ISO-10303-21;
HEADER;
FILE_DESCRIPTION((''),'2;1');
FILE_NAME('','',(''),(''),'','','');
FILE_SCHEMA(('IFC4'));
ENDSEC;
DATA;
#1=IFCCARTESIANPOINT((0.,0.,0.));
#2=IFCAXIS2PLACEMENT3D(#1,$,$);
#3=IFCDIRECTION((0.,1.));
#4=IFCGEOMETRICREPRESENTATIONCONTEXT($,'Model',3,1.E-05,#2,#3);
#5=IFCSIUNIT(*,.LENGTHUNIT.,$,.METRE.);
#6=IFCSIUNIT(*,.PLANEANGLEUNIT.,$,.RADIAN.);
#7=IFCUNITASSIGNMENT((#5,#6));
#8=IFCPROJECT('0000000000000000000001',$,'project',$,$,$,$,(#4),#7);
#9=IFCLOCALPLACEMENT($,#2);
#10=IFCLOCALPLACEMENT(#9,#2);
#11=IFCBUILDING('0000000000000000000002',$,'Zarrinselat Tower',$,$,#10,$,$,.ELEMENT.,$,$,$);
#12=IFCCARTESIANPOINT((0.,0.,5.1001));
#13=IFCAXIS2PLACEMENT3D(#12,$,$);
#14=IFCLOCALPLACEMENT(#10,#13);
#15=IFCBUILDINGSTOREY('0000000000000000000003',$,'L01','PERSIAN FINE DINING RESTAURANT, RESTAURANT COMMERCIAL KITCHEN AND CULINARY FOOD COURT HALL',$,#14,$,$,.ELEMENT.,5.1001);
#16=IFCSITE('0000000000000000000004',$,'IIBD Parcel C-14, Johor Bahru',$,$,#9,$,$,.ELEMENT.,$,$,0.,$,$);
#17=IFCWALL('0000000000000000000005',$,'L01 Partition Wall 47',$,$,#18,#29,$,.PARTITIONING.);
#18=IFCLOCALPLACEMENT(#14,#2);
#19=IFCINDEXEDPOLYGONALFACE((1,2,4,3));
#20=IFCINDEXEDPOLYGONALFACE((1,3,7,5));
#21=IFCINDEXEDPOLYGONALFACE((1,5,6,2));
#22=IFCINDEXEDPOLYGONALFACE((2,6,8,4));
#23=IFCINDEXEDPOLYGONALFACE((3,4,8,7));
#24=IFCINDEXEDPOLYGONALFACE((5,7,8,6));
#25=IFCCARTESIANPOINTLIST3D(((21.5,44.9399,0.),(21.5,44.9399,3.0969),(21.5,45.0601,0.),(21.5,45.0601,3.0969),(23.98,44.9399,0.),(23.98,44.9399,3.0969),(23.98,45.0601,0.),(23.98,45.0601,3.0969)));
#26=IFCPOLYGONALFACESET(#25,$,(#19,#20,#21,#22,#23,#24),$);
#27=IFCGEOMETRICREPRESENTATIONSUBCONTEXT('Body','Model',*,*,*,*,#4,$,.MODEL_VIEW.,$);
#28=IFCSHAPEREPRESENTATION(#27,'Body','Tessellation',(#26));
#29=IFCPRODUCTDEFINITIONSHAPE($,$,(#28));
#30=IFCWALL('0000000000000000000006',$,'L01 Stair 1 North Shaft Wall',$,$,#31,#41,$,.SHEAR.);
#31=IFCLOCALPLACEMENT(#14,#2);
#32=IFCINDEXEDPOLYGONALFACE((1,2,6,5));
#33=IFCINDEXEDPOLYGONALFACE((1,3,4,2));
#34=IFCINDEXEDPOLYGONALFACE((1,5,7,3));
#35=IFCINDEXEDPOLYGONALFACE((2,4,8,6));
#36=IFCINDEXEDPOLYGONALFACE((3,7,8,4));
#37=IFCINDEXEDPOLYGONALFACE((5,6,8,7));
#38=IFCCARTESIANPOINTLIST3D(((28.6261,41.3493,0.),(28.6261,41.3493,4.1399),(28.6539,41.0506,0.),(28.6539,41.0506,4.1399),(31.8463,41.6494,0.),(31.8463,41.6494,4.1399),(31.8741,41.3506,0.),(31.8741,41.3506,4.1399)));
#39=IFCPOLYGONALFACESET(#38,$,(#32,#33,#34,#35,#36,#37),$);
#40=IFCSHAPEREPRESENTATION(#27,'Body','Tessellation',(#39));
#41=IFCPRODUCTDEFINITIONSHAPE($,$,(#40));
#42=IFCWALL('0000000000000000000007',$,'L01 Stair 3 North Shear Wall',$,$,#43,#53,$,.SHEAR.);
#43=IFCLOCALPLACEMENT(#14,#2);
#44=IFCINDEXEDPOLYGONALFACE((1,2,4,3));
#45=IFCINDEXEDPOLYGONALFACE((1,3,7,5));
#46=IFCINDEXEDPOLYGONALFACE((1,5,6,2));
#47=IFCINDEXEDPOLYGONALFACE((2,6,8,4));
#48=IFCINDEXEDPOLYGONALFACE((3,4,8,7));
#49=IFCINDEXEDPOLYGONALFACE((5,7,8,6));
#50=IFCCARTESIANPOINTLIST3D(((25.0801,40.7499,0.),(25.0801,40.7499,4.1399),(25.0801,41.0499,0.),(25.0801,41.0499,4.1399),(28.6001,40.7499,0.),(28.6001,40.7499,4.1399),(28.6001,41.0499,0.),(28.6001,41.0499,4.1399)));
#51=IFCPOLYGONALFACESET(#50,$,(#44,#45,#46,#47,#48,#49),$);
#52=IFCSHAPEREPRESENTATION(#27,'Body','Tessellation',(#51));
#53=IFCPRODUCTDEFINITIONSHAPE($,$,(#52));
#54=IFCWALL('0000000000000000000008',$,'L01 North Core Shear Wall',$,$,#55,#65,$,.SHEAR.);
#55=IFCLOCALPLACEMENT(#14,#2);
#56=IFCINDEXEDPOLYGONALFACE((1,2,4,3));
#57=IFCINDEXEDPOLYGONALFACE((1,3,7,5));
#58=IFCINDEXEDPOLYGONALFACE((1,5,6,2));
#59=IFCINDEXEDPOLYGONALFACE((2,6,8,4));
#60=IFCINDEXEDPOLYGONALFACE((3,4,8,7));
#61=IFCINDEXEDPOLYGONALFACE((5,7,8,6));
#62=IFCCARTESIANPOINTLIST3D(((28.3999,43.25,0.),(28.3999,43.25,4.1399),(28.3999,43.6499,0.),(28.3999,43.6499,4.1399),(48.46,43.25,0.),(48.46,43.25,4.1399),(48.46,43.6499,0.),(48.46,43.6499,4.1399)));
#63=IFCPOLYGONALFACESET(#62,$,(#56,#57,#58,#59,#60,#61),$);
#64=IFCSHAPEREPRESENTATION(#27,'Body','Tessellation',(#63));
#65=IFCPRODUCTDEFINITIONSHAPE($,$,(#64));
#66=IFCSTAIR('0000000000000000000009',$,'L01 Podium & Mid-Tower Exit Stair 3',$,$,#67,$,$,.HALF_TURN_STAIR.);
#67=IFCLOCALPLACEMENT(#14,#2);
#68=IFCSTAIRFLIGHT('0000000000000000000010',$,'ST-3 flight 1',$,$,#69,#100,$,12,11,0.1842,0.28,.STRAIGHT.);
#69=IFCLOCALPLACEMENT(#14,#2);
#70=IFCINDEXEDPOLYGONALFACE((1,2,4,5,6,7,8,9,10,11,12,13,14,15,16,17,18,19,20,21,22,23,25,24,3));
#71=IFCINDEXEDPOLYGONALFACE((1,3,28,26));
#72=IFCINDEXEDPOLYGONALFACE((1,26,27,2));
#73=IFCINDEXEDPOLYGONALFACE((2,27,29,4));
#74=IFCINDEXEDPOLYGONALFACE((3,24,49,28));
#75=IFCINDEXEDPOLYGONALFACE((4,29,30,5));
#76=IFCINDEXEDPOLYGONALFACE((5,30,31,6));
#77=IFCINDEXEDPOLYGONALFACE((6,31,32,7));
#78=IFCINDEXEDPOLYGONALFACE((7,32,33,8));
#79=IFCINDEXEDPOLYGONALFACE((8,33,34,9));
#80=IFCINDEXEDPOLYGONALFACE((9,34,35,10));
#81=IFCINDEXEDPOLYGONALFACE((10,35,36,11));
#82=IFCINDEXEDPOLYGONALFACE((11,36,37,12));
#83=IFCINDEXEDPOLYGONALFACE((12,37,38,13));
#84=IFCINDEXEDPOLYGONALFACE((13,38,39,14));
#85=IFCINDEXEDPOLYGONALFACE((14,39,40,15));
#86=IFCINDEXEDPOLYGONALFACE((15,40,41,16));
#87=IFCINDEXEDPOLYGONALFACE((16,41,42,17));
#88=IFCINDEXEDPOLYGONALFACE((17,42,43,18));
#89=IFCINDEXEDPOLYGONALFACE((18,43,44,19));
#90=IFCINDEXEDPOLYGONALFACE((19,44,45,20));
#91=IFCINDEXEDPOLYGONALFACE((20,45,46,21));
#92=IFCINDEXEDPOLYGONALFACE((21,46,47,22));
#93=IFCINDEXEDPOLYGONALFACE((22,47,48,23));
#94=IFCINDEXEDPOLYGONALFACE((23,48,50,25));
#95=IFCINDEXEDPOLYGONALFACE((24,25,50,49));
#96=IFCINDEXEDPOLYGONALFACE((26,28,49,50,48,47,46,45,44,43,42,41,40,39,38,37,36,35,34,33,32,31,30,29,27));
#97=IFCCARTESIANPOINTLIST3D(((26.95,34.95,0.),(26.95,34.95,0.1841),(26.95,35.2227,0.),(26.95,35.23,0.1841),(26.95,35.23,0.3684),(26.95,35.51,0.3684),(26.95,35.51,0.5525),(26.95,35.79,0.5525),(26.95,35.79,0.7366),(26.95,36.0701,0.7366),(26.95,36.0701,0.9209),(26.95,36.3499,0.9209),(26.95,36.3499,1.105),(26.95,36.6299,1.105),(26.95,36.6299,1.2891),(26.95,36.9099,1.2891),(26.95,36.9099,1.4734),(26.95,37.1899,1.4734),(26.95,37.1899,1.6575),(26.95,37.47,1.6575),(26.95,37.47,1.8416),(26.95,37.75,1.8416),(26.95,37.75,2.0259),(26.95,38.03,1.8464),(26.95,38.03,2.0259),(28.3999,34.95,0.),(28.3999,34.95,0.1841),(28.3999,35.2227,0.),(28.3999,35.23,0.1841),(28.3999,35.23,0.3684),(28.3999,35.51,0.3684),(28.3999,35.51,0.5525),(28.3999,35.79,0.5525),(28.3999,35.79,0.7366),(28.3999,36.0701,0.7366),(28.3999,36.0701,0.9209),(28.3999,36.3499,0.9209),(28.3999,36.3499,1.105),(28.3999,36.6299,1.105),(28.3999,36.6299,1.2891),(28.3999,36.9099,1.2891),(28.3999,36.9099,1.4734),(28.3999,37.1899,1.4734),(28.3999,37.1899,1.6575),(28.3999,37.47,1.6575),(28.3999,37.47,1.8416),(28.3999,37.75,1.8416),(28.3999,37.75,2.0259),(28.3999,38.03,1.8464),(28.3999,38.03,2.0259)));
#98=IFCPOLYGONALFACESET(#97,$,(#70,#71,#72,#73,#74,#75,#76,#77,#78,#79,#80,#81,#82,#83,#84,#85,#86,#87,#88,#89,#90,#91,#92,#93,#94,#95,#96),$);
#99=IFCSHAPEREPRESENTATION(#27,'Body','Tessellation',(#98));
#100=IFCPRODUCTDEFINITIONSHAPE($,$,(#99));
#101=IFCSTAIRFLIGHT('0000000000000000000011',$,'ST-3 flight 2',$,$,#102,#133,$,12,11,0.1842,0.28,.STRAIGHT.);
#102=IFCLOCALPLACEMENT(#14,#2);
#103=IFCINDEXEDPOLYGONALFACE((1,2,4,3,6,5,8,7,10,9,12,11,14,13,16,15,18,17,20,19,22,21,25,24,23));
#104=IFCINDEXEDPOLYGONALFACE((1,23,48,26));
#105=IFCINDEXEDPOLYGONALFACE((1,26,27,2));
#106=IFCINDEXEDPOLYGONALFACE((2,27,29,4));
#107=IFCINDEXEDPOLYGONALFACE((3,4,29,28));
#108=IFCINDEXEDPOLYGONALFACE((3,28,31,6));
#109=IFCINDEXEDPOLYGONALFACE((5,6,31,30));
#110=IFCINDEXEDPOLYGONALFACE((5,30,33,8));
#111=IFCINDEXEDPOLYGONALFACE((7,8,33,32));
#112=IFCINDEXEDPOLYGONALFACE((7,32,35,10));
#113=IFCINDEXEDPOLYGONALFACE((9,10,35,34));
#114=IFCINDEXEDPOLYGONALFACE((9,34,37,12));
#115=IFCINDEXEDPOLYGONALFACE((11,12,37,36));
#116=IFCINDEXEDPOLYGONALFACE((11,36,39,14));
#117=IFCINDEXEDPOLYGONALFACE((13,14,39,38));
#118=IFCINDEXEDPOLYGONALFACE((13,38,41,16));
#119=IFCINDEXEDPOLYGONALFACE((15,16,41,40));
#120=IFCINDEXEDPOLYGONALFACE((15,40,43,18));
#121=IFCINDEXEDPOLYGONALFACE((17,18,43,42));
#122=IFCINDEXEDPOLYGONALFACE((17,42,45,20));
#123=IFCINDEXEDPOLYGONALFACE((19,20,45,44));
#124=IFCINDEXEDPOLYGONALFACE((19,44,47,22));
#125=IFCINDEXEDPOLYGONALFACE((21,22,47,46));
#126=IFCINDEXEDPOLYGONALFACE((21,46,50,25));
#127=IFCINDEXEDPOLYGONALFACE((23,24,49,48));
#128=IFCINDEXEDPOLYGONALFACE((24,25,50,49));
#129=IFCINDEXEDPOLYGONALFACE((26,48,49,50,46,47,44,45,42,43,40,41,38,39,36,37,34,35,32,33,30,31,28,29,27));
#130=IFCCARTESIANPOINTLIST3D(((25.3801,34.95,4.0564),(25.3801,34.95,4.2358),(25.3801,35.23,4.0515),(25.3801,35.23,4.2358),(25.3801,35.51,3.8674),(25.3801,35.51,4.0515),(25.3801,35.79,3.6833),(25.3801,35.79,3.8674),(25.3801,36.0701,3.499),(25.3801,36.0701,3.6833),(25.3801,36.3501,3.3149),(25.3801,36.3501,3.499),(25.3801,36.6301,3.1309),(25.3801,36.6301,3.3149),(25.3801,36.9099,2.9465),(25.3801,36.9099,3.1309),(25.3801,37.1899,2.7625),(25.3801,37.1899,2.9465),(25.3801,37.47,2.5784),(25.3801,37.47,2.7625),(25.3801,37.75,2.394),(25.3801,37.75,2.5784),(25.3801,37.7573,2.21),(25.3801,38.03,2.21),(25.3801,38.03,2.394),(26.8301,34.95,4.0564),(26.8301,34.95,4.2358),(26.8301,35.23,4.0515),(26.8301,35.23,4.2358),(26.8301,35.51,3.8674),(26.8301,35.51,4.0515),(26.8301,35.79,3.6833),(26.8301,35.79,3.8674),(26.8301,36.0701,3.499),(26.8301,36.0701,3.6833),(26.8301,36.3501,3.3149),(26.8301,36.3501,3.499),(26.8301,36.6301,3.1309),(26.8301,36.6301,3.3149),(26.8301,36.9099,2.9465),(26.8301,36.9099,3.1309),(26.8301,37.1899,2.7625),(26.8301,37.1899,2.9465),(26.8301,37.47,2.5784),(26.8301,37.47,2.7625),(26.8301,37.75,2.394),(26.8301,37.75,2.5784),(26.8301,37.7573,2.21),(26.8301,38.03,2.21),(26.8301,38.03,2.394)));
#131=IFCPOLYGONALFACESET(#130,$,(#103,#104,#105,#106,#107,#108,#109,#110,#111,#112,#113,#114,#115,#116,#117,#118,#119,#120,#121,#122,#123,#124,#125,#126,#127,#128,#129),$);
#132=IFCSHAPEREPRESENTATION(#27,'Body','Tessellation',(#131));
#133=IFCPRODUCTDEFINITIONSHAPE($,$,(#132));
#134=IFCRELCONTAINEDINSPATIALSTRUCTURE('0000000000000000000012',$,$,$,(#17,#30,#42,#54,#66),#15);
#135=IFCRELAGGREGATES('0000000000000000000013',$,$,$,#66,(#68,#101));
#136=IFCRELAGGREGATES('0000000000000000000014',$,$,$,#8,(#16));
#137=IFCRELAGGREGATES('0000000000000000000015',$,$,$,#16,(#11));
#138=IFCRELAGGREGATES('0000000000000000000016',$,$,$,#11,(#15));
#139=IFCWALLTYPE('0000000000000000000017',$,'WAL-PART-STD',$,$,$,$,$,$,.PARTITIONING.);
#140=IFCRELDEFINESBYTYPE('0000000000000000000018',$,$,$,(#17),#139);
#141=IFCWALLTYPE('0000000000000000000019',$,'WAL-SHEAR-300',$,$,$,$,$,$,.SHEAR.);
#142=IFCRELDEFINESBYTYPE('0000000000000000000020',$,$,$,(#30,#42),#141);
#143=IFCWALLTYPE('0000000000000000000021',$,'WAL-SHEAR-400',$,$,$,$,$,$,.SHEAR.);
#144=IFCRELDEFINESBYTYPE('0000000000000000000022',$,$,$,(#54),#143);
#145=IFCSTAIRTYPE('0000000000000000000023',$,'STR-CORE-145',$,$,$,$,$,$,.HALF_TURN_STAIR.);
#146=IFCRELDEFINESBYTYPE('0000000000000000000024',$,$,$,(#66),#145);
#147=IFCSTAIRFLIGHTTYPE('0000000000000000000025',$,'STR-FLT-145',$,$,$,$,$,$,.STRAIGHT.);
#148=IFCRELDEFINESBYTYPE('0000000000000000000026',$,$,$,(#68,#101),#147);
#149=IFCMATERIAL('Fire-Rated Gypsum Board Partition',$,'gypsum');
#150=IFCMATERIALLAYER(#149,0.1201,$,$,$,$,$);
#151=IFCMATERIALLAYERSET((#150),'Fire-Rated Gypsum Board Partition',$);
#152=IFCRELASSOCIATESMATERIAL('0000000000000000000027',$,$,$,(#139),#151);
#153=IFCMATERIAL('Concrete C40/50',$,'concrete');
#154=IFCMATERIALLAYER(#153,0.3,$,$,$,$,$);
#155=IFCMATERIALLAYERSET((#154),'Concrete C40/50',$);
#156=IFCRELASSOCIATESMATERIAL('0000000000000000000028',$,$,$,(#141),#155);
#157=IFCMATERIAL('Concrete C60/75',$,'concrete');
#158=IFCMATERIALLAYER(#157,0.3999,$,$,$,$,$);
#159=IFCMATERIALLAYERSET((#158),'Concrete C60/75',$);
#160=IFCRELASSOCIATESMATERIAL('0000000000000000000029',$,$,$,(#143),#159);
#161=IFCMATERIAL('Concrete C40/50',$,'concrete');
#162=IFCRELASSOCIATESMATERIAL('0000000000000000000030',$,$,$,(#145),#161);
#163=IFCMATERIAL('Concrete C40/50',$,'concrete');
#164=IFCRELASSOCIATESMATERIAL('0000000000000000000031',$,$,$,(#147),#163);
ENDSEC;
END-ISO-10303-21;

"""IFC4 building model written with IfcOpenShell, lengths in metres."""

from ifc_helpers import new_model, si_unit, direction, frame, frame_2d, origin, place, context, subcontext, project, spatial, polyline, rectangle, outline, extrude, material, layer, layer_set, type_object, element, aggregate, save


model = new_model("IFC4")

# Units and contexts
model_context = context("Model", 3, precision=1e-05, world=origin(), true_north=direction((0.0, 1.0)))
body_context = subcontext(model_context, "Body", "Model", "MODEL_VIEW")
ifc_project = project(units=[si_unit("LENGTHUNIT", "METRE"), si_unit("PLANEANGLEUNIT", "RADIAN")], contexts=[model_context])

# Site, building, storey
site_placement = place(None, origin())
site = spatial("IfcSite", under=ifc_project, at=site_placement, Name="IIBD Parcel C-14, Johor Bahru", CompositionType="ELEMENT", RefElevation=0.0)
building_placement = place(site_placement, origin())
building = spatial("IfcBuilding", under=site, at=building_placement, Name="Zarrinselat Tower", CompositionType="ELEMENT")
storey_placement = place(building_placement, frame((0.0, 0.0, 5.1001)))
storey = spatial("IfcBuildingStorey", under=building, at=storey_placement, Name="L01", Description="PERSIAN FINE DINING RESTAURANT, RESTAURANT COMMERCIAL KITCHEN AND CULINARY FOOD COURT HALL", CompositionType="ELEMENT", Elevation=5.1001)

# Walls
ifc_material_1 = material(Name="Fire-Rated Gypsum Board Partition", Category="gypsum")
ifc_layer_1 = layer(ifc_material_1, 0.1201)
ifc_layer_set_1 = layer_set([ifc_layer_1], Name="Fire-Rated Gypsum Board Partition")
wall_type_1 = type_object("IfcWallType", Name="WAL-PART-STD", PredefinedType="PARTITIONING", material=ifc_layer_set_1)
wall_1_placement = place(storey_placement, frame((21.5, 45.0, 0.0), z_axis=(0.0, 0.0, 1.0), x_axis=(1.0, 0.0, 0.0)))
element("IfcWall", 1, at=wall_1_placement, inside=storey, type_object=wall_type_1, Name="L01 Partition Wall 47", PredefinedType="PARTITIONING", context=body_context, shape_type="SweptSolid", body=[
    extrude(rectangle(XDim=2.48, YDim=0.1201, at=frame_2d((1.24, 0.0))), origin(), (0.0, 0.0, 1.0), 3.0969),
])
ifc_material_2 = material(Name="Concrete C40/50", Category="concrete")
ifc_layer_2 = layer(ifc_material_2, 0.3)
ifc_layer_set_2 = layer_set([ifc_layer_2], Name="Concrete C40/50")
wall_type_2 = type_object("IfcWallType", Name="WAL-SHEAR-300", PredefinedType="SHEAR", material=ifc_layer_set_2)
wall_2_placement = place(storey_placement, frame((28.6399, 41.2, 0.0), z_axis=(0.0, 0.0, 1.0), x_axis=(0.995687, 0.092775, 0.0)))
element("IfcWall", 2, at=wall_2_placement, inside=storey, type_object=wall_type_2, Name="L01 Stair 1 North Shaft Wall", PredefinedType="SHEAR", context=body_context, shape_type="SweptSolid", body=[
    extrude(rectangle(XDim=3.2341, YDim=0.3, at=frame_2d((1.6172, 0.0))), origin(), (0.0, 0.0, 1.0), 4.1399),
])
wall_3_placement = place(storey_placement, frame((25.0801, 40.8999, 0.0), z_axis=(0.0, 0.0, 1.0), x_axis=(1.0, 0.0, 0.0)))
element("IfcWall", 3, at=wall_3_placement, inside=storey, type_object=wall_type_2, Name="L01 Stair 3 North Shear Wall", PredefinedType="SHEAR", context=body_context, shape_type="SweptSolid", body=[
    extrude(rectangle(XDim=3.52, YDim=0.3, at=frame_2d((1.76, 0.0))), origin(), (0.0, 0.0, 1.0), 4.1399),
])
ifc_material_3 = material(Name="Concrete C60/75", Category="concrete")
ifc_layer_3 = layer(ifc_material_3, 0.3999)
ifc_layer_set_3 = layer_set([ifc_layer_3], Name="Concrete C60/75")
wall_type_3 = type_object("IfcWallType", Name="WAL-SHEAR-400", PredefinedType="SHEAR", material=ifc_layer_set_3)
wall_4_placement = place(storey_placement, frame((28.3999, 43.45, 0.0), z_axis=(0.0, 0.0, 1.0), x_axis=(1.0, 0.0, 0.0)))
element("IfcWall", 4, at=wall_4_placement, inside=storey, type_object=wall_type_3, Name="L01 North Core Shear Wall", PredefinedType="SHEAR", context=body_context, shape_type="SweptSolid", body=[
    extrude(rectangle(XDim=20.0601, YDim=0.3999, at=frame_2d((10.03, 0.0))), origin(), (0.0, 0.0, 1.0), 4.1399),
])

# Stair, stair flights
ifc_material_4 = material(Name="Concrete C40/50", Category="concrete")
stair_type = type_object("IfcStairType", Name="STR-CORE-145", PredefinedType="HALF_TURN_STAIR", material=ifc_material_4)
stair_placement = place(storey_placement, origin())
stair = element("IfcStair", 5, at=stair_placement, inside=storey, type_object=stair_type, Name="L01 Podium & Mid-Tower Exit Stair 3", PredefinedType="HALF_TURN_STAIR")
ifc_material_5 = material(Name="Concrete C40/50", Category="concrete")
stair_flight_type = type_object("IfcStairFlightType", Name="STR-FLT-145", PredefinedType="STRAIGHT", material=ifc_material_5)
stair_flight_1_placement = place(storey_placement, frame((27.675, 34.95, 0.0), z_axis=(0.0, 0.0, 1.0), x_axis=(0.0, 1.0, 0.0)))
stair_flight_1 = element("IfcStairFlight", 6, at=stair_flight_1_placement, type_object=stair_flight_type, Name="ST-3 flight 1", NumberOfRisers=12, NumberOfTreads=11, PredefinedType="STRAIGHT", RiserHeight=0.1842, TreadLength=0.28, context=body_context, shape_type="SweptSolid", body=[
    extrude(outline(polyline([(0.0, 0.0), (0.0, 0.1841), (0.28, 0.1841), (0.28, 0.3684), (0.5601, 0.3684), (0.5601, 0.5525), (0.8401, 0.5525), (0.8401, 0.7366), (1.1201, 0.7366), (1.1201, 0.9209), (1.3999, 0.9209), (1.3999, 1.105), (1.6799, 1.105), (1.6799, 1.2891), (1.96, 1.2891), (1.96, 1.4734), (2.24, 1.4734), (2.24, 1.6575), (2.52, 1.6575), (2.52, 1.8416), (2.8, 1.8416), (2.8, 2.0259), (3.0801, 2.0259), (3.0801, 2.21), (3.0801, 1.8464), (0.2727, 0.0), (0.0, 0.0)])), frame((0.0, 0.7251, 0.0), z_axis=(0.0, -1.0, 0.0), x_axis=(1.0, 0.0, 0.0)), (0.0, 0.0, 1.0), 1.45),
])
stair_flight_2_placement = place(storey_placement, frame((26.105, 38.03, 2.21), z_axis=(0.0, 0.0, 1.0), x_axis=(0.0, -1.0, 0.0)))
stair_flight_2 = element("IfcStairFlight", 7, at=stair_flight_2_placement, type_object=stair_flight_type, Name="ST-3 flight 2", NumberOfRisers=12, NumberOfTreads=11, PredefinedType="STRAIGHT", RiserHeight=0.1842, TreadLength=0.28, context=body_context, shape_type="SweptSolid", body=[
    extrude(outline(polyline([(0.0, 0.0), (0.0, 0.1841), (0.28, 0.1841), (0.28, 0.3684), (0.5601, 0.3684), (0.5601, 0.5525), (0.8401, 0.5525), (0.8401, 0.7366), (1.1201, 0.7366), (1.1201, 0.9209), (1.3999, 0.9209), (1.3999, 1.105), (1.6799, 1.105), (1.6799, 1.2891), (1.96, 1.2891), (1.96, 1.4734), (2.24, 1.4734), (2.24, 1.6575), (2.52, 1.6575), (2.52, 1.8416), (2.8, 1.8416), (2.8, 2.0259), (3.0801, 2.0259), (3.0801, 2.21), (3.0801, 1.8464), (0.2727, 0.0), (0.0, 0.0)])), frame((0.0, 0.7251, 0.0), z_axis=(0.0, -1.0, 0.0), x_axis=(1.0, 0.0, 0.0)), (0.0, 0.0, 1.0), 1.45),
])
aggregate(stair, [stair_flight_1, stair_flight_2])

save(model, "model.ifc")
